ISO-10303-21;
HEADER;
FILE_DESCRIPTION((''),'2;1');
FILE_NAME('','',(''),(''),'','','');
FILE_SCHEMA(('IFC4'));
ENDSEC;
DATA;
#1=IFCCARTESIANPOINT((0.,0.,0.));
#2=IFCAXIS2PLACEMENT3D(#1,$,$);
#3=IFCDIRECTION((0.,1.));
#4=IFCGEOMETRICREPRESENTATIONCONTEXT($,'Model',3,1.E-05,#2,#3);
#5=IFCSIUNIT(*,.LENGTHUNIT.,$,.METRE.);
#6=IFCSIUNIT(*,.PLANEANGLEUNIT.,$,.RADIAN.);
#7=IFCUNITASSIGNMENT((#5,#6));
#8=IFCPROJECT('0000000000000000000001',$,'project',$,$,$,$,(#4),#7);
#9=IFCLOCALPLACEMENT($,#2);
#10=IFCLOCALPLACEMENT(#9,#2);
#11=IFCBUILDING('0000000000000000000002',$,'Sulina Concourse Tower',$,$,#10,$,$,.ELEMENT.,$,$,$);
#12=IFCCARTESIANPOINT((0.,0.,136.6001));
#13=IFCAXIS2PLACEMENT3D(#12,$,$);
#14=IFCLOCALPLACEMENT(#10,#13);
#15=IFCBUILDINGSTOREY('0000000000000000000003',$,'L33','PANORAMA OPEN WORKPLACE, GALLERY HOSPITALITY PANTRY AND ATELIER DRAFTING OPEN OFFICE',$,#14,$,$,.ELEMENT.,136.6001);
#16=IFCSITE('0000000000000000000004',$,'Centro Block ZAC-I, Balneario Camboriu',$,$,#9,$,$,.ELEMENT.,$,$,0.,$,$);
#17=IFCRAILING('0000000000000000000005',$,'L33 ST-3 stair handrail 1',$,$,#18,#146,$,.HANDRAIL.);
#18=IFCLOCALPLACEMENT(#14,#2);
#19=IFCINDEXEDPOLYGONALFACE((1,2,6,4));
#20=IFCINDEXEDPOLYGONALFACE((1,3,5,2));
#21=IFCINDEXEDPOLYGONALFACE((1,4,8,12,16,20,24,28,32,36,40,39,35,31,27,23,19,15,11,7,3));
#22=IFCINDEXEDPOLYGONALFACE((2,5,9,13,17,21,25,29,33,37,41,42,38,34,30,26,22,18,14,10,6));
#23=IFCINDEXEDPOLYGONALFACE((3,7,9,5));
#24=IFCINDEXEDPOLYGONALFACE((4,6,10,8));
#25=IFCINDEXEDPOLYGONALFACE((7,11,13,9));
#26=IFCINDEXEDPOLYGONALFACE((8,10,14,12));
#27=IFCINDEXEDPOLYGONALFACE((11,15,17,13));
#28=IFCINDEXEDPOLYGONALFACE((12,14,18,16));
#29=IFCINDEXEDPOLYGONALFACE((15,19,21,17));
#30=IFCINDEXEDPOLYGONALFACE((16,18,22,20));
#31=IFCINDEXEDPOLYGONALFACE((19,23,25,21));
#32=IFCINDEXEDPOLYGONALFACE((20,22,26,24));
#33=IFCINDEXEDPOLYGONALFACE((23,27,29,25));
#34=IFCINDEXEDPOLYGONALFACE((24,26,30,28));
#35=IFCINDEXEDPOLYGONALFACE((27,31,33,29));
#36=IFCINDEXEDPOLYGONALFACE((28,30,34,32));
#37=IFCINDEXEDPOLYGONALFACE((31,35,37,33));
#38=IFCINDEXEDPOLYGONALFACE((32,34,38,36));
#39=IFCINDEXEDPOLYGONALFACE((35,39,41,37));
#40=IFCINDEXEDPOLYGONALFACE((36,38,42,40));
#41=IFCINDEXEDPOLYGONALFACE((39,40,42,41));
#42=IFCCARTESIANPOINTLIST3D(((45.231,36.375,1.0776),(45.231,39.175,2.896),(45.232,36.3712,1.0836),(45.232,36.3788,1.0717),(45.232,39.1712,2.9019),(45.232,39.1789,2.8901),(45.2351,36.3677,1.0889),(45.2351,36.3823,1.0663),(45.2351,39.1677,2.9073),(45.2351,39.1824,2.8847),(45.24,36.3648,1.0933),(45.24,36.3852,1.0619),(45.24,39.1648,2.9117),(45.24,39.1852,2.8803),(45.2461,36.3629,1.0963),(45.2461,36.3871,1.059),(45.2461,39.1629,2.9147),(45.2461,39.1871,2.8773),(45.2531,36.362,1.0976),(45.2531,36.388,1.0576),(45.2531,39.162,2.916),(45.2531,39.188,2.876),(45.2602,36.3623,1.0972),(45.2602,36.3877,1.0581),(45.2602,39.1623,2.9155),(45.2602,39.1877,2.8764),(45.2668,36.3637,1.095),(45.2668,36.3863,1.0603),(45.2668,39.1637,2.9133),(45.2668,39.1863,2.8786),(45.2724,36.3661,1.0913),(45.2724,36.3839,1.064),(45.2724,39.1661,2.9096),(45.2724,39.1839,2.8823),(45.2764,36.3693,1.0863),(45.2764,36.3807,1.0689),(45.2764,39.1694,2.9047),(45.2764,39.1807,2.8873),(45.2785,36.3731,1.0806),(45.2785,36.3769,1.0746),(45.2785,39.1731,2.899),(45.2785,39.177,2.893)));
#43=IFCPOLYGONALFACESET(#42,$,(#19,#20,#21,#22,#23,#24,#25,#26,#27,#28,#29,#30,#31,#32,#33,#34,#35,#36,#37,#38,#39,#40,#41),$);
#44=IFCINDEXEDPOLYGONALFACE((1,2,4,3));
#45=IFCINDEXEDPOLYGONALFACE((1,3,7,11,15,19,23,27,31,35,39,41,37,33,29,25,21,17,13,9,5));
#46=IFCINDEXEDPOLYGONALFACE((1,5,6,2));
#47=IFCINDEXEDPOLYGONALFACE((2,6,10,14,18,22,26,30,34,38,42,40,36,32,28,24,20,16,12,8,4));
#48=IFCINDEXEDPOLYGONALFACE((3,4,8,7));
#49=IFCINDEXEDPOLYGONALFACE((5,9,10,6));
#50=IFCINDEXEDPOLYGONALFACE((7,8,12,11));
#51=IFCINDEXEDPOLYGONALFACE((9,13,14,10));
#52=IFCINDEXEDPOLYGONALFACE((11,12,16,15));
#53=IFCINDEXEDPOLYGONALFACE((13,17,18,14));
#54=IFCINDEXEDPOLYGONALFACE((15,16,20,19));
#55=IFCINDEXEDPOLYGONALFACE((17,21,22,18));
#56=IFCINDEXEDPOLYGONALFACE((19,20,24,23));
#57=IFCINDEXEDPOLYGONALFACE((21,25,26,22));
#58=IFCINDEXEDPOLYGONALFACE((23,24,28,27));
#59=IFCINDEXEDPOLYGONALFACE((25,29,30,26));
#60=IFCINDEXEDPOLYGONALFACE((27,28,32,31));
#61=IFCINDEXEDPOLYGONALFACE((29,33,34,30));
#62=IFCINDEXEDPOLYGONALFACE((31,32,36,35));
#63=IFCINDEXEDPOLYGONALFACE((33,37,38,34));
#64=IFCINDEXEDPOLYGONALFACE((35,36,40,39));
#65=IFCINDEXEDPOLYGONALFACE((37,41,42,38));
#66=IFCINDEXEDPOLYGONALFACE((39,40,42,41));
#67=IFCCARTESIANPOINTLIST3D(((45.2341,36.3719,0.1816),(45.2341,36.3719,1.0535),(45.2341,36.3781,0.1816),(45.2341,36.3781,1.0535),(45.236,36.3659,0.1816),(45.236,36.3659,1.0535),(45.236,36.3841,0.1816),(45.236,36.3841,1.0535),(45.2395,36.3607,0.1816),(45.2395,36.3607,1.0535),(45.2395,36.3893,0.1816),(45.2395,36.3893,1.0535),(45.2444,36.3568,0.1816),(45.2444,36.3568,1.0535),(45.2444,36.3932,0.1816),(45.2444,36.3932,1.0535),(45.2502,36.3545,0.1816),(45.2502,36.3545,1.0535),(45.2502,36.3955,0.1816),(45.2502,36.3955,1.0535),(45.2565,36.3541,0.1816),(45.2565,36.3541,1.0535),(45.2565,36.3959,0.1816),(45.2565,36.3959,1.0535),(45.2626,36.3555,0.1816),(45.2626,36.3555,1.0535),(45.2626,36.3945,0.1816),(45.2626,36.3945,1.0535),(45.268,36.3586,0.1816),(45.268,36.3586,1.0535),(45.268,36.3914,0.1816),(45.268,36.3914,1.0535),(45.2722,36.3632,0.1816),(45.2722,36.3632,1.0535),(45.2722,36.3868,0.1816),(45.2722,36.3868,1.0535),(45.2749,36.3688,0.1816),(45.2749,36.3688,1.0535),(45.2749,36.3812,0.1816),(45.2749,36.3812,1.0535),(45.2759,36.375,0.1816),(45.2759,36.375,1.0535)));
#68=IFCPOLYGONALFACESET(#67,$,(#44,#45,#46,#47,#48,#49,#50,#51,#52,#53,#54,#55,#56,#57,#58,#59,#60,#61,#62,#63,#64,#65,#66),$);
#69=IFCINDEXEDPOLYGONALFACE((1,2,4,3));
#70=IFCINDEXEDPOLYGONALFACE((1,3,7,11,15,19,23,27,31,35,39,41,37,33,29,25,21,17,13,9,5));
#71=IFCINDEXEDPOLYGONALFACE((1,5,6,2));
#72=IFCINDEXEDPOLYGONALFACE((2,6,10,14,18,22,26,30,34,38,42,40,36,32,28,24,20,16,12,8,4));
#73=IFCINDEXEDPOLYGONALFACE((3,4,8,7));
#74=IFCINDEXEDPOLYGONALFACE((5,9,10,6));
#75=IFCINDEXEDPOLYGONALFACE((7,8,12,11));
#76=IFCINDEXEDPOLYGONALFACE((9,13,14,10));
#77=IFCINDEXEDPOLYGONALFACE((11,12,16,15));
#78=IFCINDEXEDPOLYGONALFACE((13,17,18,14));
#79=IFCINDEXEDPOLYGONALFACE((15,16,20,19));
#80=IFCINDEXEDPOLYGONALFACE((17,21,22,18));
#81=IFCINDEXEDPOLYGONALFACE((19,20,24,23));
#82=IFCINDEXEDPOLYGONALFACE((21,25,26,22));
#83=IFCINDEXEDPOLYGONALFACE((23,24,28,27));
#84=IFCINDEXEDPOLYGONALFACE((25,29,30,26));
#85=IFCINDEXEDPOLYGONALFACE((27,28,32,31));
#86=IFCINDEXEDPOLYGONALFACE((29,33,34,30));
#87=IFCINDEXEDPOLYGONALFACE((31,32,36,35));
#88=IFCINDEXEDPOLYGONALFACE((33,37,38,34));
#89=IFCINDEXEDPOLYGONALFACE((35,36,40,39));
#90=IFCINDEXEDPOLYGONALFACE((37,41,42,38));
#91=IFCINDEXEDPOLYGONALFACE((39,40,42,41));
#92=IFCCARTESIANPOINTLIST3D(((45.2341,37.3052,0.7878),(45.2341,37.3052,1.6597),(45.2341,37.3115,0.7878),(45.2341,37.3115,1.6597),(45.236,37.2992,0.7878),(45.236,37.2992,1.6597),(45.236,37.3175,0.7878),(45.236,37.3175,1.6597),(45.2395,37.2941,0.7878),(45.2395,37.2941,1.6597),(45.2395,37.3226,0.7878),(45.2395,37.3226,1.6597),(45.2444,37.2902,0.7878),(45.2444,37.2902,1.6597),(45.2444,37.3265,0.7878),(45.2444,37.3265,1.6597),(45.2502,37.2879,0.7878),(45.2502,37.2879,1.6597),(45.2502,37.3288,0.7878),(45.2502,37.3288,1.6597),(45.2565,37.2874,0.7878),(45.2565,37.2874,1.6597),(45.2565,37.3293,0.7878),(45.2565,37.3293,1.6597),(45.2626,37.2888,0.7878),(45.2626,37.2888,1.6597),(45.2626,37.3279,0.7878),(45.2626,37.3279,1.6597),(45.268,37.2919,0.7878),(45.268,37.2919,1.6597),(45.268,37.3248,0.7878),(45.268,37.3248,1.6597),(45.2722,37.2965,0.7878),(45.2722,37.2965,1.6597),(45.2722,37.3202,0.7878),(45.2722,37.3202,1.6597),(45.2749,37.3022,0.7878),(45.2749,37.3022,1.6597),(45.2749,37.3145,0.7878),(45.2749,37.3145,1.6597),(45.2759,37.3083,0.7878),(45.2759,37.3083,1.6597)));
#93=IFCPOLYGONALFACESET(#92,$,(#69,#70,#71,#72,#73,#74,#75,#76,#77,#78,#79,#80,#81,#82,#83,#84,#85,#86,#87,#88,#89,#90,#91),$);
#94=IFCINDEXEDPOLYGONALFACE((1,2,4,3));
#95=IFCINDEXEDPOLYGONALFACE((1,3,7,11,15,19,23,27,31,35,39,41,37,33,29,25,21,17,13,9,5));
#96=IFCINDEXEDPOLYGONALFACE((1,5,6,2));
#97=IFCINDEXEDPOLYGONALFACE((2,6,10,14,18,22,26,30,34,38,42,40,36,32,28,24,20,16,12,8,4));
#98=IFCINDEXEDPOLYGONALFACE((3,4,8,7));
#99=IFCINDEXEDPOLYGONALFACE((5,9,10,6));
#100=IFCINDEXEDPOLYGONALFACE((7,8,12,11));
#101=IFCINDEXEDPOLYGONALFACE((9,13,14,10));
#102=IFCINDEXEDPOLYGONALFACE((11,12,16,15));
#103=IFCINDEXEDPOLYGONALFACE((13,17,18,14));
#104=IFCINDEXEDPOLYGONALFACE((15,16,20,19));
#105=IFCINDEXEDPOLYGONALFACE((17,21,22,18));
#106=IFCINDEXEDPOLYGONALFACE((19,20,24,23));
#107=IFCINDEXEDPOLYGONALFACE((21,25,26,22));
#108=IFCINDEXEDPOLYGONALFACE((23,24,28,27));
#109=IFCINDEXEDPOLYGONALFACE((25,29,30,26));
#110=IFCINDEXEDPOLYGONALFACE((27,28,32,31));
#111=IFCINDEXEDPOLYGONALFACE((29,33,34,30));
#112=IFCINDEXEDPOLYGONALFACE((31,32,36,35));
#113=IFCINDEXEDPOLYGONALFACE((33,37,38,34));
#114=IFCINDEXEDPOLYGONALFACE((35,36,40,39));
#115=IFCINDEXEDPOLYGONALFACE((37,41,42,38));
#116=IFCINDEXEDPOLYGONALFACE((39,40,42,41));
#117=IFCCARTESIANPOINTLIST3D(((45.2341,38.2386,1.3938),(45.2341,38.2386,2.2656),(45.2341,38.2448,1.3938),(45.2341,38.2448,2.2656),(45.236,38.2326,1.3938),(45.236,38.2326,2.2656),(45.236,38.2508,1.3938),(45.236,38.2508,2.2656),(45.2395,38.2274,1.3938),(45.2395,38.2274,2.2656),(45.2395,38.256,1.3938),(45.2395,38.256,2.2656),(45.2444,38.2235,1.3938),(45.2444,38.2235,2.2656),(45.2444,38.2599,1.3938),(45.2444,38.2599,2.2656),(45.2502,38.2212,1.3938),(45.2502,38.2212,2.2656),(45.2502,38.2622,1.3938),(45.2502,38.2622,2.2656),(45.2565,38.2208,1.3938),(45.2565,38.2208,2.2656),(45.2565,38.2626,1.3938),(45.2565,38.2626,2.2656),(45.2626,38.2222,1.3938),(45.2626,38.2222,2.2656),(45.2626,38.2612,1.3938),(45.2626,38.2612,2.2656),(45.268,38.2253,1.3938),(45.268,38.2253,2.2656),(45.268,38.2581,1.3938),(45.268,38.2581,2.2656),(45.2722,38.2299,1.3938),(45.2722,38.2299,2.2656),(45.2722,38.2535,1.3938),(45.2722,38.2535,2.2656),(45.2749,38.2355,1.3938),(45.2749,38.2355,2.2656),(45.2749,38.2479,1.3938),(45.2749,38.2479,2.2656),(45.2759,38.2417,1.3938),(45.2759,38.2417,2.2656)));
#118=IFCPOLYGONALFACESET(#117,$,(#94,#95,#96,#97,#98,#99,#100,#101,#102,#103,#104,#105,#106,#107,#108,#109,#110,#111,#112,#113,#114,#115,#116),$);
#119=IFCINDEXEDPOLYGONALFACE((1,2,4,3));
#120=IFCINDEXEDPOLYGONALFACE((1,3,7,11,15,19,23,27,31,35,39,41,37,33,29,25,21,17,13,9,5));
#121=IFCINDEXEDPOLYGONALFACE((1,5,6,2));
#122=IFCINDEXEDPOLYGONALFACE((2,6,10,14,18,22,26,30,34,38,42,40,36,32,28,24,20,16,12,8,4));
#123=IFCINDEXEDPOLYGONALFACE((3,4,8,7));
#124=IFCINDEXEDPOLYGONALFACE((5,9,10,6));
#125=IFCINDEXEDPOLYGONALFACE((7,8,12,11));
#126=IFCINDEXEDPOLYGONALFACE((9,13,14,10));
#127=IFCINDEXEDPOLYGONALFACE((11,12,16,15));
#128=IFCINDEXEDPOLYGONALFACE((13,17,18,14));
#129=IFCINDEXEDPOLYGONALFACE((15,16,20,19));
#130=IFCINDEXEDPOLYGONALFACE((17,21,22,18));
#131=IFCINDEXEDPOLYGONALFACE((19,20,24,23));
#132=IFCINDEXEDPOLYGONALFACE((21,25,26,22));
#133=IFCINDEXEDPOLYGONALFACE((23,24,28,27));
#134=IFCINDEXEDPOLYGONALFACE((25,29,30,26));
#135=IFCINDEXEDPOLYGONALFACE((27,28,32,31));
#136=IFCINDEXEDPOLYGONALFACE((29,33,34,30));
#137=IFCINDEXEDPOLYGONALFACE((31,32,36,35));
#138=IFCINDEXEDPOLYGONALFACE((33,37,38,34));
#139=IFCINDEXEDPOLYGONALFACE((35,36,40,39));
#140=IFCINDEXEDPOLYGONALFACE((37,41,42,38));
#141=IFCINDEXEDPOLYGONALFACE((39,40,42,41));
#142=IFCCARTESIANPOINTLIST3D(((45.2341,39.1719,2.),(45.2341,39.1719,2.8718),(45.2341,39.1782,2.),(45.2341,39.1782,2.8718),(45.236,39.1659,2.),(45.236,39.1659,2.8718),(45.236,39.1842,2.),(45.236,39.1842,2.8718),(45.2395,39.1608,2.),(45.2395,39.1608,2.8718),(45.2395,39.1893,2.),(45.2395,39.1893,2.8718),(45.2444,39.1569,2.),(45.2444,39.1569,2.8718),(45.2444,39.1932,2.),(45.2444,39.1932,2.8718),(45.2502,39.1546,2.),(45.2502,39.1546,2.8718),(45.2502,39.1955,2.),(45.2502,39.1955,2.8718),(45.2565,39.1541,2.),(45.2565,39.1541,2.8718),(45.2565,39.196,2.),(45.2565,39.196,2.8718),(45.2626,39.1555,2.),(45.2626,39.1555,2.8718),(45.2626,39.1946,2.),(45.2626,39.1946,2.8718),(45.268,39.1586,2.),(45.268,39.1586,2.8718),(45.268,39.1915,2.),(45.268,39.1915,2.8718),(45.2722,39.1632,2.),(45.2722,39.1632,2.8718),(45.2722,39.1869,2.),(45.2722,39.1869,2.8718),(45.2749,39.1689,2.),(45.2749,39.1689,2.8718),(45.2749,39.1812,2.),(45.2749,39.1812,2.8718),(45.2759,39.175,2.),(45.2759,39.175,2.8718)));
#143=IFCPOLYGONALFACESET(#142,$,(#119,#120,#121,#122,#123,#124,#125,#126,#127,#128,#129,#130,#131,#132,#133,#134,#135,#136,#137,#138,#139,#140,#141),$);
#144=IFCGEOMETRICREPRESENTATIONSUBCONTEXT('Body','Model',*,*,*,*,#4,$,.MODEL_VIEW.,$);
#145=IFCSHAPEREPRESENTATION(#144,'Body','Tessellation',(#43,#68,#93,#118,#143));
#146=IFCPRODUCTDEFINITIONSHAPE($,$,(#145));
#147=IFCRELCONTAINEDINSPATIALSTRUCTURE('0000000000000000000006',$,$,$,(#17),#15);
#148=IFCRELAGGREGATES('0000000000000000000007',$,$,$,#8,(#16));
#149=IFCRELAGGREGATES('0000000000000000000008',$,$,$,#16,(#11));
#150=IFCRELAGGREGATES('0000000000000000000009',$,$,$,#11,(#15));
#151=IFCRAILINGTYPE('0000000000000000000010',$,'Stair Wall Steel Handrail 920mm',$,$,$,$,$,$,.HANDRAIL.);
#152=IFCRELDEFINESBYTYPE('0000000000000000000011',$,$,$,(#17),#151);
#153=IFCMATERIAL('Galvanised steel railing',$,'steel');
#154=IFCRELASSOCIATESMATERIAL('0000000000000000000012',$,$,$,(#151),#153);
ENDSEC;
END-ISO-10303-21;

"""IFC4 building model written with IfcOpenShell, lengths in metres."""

from ifc_helpers import new_model, si_unit, direction, frame, origin, origin_2d, place, context, subcontext, project, spatial, circle, extrude, material, type_object, element, save


model = new_model("IFC4")

# Units and contexts
model_context = context("Model", 3, precision=1e-05, world=origin(), true_north=direction((0.0, 1.0)))
body_context = subcontext(model_context, "Body", "Model", "MODEL_VIEW")
ifc_project = project(units=[si_unit("LENGTHUNIT", "METRE"), si_unit("PLANEANGLEUNIT", "RADIAN")], contexts=[model_context])

# Site, building, storey
site_placement = place(None, origin())
site = spatial("IfcSite", under=ifc_project, at=site_placement, Name="Centro Block ZAC-I, Balneario Camboriu", CompositionType="ELEMENT", RefElevation=0.0)
building_placement = place(site_placement, origin())
building = spatial("IfcBuilding", under=site, at=building_placement, Name="Sulina Concourse Tower", CompositionType="ELEMENT")
storey_placement = place(building_placement, frame((0.0, 0.0, 136.6001)))
storey = spatial("IfcBuildingStorey", under=building, at=storey_placement, Name="L33", Description="PANORAMA OPEN WORKPLACE, GALLERY HOSPITALITY PANTRY AND ATELIER DRAFTING OPEN OFFICE", CompositionType="ELEMENT", Elevation=136.6001)

# Railing
ifc_material_1 = material(Name="Galvanised steel railing", Category="steel")
railing_type_1 = type_object("IfcRailingType", Name="Stair Wall Steel Handrail 920mm", PredefinedType="HANDRAIL", material=ifc_material_1)
for number, where, name in (
    (1, (45.2549, 36.375, 0.1816), "L33 ST-3 stair handrail 1"),
):
    element("IfcRailing", number, at=place(storey_placement, frame(where)), inside=storey, type_object=railing_type_1, Name=name, PredefinedType="HANDRAIL", context=body_context, shape_type="SweptSolid", body=[
        extrude(circle(Radius=0.0239, at=origin_2d()), frame((0.0, 0.0, 0.896), z_axis=(0.0, 0.838672, 0.544636), x_axis=(-1.0, 0.0, 0.0)), (0.0, 0.0, 1.0), 3.3386),
        extrude(circle(Radius=0.021, at=origin_2d()), origin(), (0.0, 0.0, 1.0), 0.8718),
        extrude(circle(Radius=0.021, at=origin_2d()), frame((0.0, 0.9333, 0.6062)), (0.0, 0.0, 1.0), 0.8718),
        extrude(circle(Radius=0.021, at=origin_2d()), frame((0.0, 1.8667, 1.2122)), (0.0, 0.0, 1.0), 0.8718),
        extrude(circle(Radius=0.021, at=origin_2d()), frame((0.0, 2.8, 1.8184)), (0.0, 0.0, 1.0), 0.8718),
    ])

save(model, "model.ifc")
